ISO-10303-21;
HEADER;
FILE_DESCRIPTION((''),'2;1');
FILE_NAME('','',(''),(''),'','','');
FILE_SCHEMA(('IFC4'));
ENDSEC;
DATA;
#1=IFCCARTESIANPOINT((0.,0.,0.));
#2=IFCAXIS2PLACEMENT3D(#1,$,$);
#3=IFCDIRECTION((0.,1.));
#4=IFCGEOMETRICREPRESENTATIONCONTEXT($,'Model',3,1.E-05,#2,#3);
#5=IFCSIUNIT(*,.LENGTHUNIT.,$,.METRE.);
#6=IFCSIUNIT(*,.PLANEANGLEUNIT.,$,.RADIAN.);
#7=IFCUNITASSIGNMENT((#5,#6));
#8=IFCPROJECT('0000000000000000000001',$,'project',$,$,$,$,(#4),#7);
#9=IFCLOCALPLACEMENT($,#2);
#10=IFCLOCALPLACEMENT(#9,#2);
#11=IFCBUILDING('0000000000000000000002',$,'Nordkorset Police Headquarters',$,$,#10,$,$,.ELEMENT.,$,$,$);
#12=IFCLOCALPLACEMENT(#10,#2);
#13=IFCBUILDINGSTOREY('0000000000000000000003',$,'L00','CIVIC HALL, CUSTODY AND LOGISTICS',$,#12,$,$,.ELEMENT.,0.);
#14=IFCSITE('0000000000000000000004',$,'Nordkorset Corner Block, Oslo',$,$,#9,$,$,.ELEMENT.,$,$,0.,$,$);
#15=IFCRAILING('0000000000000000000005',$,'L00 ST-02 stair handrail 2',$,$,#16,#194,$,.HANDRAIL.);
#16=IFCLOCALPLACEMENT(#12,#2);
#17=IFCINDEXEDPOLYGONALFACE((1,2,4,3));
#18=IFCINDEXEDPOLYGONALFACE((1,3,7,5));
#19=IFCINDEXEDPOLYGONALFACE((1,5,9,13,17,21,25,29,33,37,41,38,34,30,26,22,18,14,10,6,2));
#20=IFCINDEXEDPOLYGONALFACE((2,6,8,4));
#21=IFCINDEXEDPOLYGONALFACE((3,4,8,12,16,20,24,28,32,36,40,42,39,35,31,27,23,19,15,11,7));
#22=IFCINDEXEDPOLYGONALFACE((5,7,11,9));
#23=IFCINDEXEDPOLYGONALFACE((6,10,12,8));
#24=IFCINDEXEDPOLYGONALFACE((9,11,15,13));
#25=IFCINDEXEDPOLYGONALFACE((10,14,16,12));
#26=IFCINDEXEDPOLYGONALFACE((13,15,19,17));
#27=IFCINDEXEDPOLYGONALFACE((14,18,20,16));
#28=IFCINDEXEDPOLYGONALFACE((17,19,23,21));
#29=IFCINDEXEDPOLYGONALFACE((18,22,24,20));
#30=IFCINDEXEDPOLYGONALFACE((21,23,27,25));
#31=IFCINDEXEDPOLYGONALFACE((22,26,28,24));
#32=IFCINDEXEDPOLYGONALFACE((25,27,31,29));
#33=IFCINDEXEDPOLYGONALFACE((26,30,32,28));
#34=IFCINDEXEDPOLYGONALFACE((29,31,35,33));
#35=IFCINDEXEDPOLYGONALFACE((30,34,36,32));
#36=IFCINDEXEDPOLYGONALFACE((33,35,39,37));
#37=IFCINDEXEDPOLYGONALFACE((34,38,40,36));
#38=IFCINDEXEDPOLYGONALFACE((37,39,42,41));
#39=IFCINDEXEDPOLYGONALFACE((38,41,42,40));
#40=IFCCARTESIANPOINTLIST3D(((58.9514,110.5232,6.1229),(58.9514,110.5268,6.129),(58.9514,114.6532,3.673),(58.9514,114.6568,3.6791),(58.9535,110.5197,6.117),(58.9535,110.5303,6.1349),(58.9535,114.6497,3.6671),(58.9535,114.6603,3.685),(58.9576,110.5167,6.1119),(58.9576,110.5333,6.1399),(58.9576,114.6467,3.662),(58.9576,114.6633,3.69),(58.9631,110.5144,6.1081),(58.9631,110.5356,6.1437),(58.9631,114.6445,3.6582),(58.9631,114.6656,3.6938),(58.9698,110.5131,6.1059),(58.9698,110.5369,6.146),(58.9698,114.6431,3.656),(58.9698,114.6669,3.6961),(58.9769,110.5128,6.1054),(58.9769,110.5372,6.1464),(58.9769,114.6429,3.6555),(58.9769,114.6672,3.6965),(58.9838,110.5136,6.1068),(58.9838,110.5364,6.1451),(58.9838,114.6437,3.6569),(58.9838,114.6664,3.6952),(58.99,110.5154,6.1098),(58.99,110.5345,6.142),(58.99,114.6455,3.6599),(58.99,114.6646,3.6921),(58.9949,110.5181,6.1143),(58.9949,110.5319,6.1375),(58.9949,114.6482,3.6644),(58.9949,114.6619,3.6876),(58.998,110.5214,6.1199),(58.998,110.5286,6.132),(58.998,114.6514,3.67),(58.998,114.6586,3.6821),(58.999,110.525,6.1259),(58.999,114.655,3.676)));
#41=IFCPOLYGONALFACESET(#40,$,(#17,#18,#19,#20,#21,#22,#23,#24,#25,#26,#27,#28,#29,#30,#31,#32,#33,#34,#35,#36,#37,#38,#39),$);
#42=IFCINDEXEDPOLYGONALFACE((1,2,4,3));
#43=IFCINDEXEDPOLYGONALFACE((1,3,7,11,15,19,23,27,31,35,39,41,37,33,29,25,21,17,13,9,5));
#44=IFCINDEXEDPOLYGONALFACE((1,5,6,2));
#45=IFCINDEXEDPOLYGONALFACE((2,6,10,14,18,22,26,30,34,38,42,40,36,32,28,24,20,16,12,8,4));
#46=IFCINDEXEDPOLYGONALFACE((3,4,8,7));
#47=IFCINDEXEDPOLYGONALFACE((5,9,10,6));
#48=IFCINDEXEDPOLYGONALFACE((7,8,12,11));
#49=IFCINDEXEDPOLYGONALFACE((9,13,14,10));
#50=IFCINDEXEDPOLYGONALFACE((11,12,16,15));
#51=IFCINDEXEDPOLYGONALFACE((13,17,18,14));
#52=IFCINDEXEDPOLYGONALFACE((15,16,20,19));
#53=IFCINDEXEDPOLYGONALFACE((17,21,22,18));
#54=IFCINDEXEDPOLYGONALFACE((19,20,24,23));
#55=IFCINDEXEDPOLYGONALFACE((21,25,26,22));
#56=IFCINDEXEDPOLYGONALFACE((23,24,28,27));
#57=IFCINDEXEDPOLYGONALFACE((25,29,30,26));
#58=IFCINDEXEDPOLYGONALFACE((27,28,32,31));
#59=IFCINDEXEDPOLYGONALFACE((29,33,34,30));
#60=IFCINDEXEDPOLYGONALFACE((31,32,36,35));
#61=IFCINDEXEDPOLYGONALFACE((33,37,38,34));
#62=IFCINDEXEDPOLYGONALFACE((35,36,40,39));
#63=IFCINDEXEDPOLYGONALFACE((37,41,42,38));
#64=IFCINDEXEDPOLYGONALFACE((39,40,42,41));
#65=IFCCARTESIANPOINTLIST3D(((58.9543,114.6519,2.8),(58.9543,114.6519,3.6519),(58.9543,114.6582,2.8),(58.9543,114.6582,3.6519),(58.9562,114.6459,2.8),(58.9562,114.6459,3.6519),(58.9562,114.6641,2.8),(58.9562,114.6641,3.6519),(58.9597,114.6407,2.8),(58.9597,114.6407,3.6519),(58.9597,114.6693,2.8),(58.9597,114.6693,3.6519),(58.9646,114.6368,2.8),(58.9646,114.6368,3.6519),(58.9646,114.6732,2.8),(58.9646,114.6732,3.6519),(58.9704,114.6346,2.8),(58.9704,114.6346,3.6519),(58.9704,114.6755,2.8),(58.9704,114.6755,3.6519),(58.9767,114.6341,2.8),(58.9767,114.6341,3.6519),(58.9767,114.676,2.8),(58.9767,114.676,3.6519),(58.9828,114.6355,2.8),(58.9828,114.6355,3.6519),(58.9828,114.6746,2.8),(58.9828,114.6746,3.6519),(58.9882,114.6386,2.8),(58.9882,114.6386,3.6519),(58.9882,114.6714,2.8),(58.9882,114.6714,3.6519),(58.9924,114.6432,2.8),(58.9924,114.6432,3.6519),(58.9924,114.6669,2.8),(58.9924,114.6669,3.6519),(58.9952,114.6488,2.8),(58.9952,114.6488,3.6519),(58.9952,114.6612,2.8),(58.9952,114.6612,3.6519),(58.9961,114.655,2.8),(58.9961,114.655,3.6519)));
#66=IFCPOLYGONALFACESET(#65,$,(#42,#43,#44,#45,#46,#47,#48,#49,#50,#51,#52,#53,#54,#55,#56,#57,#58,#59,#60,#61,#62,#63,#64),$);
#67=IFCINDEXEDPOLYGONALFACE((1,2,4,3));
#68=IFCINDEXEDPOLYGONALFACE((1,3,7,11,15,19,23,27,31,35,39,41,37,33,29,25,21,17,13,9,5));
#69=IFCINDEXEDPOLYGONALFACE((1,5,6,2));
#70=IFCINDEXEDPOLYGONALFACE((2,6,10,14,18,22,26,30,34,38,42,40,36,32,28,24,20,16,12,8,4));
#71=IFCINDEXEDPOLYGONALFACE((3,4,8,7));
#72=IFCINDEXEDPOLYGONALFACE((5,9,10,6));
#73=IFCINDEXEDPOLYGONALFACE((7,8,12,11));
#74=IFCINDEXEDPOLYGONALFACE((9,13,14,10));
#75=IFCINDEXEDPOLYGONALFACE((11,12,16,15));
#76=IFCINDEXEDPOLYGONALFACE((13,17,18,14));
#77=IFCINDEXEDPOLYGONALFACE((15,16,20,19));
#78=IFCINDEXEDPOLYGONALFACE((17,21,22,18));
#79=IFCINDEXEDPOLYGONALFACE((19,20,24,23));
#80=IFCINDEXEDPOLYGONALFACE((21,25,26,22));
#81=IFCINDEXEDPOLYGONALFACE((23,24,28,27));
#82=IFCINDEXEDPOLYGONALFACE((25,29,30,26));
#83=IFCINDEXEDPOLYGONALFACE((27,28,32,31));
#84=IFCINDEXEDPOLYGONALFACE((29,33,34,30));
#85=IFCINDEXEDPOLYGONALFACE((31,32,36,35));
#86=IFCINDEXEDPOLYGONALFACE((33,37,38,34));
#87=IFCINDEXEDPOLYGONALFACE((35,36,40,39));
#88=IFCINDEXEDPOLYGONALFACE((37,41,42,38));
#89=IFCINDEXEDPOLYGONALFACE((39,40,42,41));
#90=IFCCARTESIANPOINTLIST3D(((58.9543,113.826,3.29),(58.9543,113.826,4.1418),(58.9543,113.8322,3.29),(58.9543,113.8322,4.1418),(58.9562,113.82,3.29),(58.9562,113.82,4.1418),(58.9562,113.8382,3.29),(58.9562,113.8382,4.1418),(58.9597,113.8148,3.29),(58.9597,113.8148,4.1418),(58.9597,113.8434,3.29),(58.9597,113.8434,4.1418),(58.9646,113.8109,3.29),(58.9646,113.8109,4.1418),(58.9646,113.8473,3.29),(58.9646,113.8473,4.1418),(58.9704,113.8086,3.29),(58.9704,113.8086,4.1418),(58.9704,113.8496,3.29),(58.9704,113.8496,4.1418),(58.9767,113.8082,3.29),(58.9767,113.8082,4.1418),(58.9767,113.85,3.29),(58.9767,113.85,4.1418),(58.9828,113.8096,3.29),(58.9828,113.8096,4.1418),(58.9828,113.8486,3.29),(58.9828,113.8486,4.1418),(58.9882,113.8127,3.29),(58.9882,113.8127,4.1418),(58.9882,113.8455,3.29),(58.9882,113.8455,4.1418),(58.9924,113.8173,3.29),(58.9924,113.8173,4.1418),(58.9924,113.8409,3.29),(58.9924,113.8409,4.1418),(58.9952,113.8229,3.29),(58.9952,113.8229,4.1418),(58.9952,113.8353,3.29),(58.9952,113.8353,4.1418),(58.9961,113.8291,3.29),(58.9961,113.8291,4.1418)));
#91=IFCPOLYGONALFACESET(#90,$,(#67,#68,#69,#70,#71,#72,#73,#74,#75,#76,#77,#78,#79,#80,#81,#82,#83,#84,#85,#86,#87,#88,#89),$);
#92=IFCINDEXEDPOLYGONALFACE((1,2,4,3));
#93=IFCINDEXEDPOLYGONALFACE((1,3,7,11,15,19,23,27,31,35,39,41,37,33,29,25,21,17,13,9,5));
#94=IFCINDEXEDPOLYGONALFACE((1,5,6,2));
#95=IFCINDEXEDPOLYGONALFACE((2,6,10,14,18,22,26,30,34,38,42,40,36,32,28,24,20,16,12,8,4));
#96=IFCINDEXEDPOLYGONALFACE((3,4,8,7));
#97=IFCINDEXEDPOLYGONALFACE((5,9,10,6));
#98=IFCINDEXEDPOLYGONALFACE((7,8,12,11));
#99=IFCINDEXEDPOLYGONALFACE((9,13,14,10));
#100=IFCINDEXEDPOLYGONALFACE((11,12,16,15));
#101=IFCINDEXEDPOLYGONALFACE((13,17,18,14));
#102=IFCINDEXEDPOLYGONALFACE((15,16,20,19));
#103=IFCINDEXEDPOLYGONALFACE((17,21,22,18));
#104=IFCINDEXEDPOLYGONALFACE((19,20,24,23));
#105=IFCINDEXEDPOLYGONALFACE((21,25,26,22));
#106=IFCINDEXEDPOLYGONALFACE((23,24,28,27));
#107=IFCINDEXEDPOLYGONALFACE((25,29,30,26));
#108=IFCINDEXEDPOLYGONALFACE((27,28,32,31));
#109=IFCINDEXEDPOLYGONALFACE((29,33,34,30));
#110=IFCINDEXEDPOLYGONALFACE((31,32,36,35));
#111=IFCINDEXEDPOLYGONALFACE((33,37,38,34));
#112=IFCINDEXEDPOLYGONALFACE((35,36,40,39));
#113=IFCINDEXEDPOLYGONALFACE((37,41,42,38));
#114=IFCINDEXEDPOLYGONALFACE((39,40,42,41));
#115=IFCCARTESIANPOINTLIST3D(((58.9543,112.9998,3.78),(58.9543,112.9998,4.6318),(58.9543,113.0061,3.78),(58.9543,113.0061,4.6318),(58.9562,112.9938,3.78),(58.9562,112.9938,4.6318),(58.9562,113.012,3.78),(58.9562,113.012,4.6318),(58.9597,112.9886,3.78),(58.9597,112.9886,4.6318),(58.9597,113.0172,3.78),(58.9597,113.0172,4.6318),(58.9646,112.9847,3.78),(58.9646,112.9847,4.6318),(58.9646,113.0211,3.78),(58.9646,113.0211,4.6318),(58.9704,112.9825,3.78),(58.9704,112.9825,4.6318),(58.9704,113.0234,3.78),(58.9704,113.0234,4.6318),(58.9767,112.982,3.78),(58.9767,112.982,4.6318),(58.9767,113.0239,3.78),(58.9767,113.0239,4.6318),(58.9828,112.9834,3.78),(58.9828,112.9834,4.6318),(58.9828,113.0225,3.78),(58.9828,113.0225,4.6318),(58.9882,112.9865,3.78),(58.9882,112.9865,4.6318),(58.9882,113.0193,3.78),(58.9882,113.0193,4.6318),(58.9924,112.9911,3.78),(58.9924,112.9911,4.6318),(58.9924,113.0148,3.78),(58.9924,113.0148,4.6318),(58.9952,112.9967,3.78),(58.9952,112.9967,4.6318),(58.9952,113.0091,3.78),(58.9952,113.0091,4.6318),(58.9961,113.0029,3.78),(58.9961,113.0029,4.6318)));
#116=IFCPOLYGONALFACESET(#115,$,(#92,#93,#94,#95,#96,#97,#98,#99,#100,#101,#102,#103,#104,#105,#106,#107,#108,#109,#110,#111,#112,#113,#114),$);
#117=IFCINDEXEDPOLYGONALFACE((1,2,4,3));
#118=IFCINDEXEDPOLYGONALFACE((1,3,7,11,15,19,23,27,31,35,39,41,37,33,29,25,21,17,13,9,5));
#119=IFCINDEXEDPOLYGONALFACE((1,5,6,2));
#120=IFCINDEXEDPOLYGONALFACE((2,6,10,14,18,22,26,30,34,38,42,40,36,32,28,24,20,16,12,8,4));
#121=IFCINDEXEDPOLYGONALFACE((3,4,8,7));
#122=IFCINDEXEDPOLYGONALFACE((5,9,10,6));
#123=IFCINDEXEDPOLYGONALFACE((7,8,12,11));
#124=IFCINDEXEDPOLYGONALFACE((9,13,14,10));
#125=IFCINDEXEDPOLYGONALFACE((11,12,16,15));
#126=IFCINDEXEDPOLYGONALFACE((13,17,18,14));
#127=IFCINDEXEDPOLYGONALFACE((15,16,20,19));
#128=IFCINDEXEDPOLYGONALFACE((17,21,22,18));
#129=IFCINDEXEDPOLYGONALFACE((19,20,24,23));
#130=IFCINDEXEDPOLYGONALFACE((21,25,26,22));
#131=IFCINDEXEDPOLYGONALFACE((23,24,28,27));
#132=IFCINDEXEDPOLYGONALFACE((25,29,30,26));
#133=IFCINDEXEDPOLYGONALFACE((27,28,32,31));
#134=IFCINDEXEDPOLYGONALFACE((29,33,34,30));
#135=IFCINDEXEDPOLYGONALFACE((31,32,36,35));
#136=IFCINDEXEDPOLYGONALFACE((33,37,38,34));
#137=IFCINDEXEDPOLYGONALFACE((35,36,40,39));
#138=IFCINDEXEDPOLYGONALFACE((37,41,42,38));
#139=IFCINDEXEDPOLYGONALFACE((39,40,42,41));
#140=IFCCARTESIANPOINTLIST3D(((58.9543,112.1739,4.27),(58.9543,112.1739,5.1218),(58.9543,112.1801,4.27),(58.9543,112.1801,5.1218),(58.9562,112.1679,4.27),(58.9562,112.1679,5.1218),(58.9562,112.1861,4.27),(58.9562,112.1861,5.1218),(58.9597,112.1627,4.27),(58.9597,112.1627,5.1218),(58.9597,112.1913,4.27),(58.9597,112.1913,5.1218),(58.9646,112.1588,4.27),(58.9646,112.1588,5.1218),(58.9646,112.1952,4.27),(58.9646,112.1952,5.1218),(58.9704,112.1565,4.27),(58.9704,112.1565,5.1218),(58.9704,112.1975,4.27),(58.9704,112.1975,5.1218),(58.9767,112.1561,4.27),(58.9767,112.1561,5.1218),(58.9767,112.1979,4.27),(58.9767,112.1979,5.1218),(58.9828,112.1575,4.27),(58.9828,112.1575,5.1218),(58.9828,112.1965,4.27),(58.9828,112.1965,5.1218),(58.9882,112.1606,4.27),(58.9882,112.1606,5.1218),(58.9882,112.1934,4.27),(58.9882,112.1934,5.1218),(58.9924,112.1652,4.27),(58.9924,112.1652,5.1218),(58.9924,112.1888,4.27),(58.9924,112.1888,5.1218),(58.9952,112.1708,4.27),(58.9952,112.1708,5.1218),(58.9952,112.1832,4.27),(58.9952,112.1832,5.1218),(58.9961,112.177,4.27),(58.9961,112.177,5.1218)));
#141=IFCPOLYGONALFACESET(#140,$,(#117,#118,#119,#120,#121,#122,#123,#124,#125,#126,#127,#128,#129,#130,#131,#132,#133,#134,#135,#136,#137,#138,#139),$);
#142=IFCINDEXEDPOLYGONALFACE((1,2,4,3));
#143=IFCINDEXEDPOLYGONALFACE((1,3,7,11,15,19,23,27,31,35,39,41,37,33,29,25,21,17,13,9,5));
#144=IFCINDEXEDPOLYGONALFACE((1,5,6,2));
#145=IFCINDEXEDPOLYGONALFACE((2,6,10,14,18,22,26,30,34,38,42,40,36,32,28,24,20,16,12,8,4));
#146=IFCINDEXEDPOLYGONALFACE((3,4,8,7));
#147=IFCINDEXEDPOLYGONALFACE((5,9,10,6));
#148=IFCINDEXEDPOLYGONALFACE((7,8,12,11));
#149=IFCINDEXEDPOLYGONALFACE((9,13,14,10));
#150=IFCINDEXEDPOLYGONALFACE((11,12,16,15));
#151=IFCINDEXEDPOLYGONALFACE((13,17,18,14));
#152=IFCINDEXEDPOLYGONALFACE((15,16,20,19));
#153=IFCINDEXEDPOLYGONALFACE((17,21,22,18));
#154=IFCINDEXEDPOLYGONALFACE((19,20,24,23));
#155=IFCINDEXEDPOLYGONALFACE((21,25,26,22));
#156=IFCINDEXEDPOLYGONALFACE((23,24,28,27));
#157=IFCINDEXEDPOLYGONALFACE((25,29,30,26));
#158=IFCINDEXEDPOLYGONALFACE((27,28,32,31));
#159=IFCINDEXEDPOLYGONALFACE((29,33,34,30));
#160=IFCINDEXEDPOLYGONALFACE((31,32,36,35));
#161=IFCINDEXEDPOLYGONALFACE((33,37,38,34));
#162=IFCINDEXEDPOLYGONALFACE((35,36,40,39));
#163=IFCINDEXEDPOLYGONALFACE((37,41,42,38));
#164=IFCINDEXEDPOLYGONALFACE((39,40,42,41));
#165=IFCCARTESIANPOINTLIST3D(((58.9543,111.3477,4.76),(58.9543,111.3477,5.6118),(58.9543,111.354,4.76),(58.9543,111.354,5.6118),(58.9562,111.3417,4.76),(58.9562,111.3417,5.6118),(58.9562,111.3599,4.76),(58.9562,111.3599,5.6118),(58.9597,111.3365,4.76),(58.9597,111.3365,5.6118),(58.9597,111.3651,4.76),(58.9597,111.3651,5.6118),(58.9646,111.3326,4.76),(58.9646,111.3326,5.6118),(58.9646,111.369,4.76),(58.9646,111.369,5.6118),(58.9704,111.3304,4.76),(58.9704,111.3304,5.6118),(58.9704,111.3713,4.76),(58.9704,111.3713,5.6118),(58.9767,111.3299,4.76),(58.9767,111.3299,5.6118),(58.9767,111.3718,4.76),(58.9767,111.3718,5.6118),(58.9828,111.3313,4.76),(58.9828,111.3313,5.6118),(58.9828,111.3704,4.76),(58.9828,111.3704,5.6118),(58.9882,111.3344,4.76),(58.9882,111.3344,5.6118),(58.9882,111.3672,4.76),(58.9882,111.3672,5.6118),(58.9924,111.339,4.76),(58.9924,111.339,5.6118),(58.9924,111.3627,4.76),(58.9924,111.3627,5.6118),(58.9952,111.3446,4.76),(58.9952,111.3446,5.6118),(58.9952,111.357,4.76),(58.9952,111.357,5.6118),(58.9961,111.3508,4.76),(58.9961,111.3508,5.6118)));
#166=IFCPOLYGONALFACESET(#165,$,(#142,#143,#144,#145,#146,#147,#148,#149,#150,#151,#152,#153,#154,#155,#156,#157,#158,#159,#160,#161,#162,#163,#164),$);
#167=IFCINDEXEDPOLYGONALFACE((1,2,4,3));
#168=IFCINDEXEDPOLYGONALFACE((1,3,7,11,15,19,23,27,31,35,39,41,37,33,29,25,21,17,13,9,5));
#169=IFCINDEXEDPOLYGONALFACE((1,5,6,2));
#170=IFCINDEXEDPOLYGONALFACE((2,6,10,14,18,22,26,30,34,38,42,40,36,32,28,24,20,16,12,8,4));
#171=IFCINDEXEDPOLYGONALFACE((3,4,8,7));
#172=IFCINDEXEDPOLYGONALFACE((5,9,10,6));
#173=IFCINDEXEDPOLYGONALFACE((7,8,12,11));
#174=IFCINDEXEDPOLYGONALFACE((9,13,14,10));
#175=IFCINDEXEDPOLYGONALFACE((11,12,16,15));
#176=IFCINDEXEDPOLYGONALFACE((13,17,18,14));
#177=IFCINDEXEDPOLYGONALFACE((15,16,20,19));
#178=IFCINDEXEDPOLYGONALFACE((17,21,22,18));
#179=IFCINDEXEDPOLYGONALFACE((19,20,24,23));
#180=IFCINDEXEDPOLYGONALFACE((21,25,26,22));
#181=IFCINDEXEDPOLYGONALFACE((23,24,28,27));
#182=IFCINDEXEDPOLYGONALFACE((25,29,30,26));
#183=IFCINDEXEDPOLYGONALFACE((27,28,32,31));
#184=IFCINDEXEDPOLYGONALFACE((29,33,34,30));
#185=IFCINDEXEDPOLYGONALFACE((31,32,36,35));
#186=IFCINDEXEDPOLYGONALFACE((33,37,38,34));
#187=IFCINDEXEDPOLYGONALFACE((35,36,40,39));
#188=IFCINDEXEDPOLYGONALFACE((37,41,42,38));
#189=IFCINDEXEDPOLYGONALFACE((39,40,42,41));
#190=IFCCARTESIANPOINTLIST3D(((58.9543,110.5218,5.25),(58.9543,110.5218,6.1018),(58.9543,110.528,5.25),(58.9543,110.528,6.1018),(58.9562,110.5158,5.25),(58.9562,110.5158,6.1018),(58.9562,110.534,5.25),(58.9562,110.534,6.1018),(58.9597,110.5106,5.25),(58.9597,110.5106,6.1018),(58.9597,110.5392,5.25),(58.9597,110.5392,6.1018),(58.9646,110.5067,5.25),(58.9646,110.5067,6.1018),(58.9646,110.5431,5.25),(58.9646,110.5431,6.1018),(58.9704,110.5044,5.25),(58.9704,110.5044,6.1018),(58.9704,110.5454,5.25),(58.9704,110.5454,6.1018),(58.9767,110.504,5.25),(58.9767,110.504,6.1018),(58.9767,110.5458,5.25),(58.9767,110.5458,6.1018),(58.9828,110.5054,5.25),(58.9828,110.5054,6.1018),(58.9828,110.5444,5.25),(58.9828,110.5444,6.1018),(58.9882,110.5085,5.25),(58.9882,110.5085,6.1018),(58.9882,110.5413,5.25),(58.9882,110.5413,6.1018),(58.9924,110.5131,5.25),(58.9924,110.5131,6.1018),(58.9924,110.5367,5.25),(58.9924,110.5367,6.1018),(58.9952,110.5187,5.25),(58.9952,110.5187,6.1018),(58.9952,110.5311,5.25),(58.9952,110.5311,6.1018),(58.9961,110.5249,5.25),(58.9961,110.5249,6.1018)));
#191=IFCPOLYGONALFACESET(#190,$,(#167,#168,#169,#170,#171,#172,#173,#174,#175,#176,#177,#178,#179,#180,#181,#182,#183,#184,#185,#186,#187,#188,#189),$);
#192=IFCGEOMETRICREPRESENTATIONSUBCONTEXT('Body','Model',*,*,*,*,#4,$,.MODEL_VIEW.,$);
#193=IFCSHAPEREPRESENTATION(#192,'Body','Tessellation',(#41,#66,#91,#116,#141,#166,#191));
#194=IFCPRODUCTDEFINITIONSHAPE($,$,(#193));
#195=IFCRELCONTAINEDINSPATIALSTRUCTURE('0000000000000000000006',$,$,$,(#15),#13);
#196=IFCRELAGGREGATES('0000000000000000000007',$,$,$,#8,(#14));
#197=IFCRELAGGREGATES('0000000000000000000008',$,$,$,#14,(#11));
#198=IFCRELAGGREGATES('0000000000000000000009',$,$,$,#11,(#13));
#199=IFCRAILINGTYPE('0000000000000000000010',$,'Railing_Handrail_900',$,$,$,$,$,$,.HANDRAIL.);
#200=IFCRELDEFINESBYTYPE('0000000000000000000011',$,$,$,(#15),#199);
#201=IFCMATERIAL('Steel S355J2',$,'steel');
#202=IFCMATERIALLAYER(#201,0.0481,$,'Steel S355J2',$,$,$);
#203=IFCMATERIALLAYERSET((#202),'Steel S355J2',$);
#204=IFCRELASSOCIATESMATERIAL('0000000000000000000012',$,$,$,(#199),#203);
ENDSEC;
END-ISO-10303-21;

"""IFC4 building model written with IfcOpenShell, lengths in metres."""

from ifc_helpers import new_model, si_unit, direction, frame, origin, origin_2d, place, context, subcontext, project, spatial, circle, extrude, material, layer, layer_set, type_object, element, save


model = new_model("IFC4")

# Units and contexts
model_context = context("Model", 3, precision=1e-05, world=origin(), true_north=direction((0.0, 1.0)))
body_context = subcontext(model_context, "Body", "Model", "MODEL_VIEW")
ifc_project = project(units=[si_unit("LENGTHUNIT", "METRE"), si_unit("PLANEANGLEUNIT", "RADIAN")], contexts=[model_context])

# Site, building, storey
site_placement = place(None, origin())
site = spatial("IfcSite", under=ifc_project, at=site_placement, Name="Nordkorset Corner Block, Oslo", CompositionType="ELEMENT", RefElevation=0.0)
building_placement = place(site_placement, origin())
building = spatial("IfcBuilding", under=site, at=building_placement, Name="Nordkorset Police Headquarters", CompositionType="ELEMENT")
storey_placement = place(building_placement, origin())
storey = spatial("IfcBuildingStorey", under=building, at=storey_placement, Name="L00", Description="CIVIC HALL, CUSTODY AND LOGISTICS", CompositionType="ELEMENT", Elevation=0.0)

# Railing
ifc_material_1 = material(Name="Steel S355J2", Category="steel")
ifc_layer_1 = layer(ifc_material_1, 0.0481, Name="Steel S355J2")
ifc_layer_set_1 = layer_set([ifc_layer_1], Name="Steel S355J2")
railing_type_1 = type_object("IfcRailingType", Name="Railing_Handrail_900", PredefinedType="HANDRAIL", material=ifc_layer_set_1)
railing_1_placement = place(storey_placement, frame((58.9751, 114.655, 2.8)))
element("IfcRailing", 1, at=railing_1_placement, inside=storey, type_object=railing_type_1, Name="L00 ST-02 stair handrail 2", PredefinedType="HANDRAIL", context=body_context, shape_type="SweptSolid", body=[
    extrude(circle(Radius=0.0239, at=origin_2d()), frame((0.0, 0.0, 0.876), z_axis=(0.0, -0.860066, 0.510183), x_axis=(1.0, 0.0, 0.0)), (0.0, 0.0, 1.0), 4.802),
    extrude(circle(Radius=0.021, at=origin_2d()), origin(), (0.0, 0.0, 1.0), 0.8518),
    extrude(circle(Radius=0.021, at=origin_2d()), frame((0.0, -0.8259, 0.49)), (0.0, 0.0, 1.0), 0.8518),
    extrude(circle(Radius=0.021, at=origin_2d()), frame((0.0, -1.6521, 0.98)), (0.0, 0.0, 1.0), 0.8518),
    extrude(circle(Radius=0.021, at=origin_2d()), frame((0.0, -2.478, 1.47)), (0.0, 0.0, 1.0), 0.8518),
    extrude(circle(Radius=0.021, at=origin_2d()), frame((0.0, -3.3042, 1.96)), (0.0, 0.0, 1.0), 0.8518),
    extrude(circle(Radius=0.021, at=origin_2d()), frame((0.0, -4.1301, 2.45)), (0.0, 0.0, 1.0), 0.8518),
])

save(model, "model.ifc")
